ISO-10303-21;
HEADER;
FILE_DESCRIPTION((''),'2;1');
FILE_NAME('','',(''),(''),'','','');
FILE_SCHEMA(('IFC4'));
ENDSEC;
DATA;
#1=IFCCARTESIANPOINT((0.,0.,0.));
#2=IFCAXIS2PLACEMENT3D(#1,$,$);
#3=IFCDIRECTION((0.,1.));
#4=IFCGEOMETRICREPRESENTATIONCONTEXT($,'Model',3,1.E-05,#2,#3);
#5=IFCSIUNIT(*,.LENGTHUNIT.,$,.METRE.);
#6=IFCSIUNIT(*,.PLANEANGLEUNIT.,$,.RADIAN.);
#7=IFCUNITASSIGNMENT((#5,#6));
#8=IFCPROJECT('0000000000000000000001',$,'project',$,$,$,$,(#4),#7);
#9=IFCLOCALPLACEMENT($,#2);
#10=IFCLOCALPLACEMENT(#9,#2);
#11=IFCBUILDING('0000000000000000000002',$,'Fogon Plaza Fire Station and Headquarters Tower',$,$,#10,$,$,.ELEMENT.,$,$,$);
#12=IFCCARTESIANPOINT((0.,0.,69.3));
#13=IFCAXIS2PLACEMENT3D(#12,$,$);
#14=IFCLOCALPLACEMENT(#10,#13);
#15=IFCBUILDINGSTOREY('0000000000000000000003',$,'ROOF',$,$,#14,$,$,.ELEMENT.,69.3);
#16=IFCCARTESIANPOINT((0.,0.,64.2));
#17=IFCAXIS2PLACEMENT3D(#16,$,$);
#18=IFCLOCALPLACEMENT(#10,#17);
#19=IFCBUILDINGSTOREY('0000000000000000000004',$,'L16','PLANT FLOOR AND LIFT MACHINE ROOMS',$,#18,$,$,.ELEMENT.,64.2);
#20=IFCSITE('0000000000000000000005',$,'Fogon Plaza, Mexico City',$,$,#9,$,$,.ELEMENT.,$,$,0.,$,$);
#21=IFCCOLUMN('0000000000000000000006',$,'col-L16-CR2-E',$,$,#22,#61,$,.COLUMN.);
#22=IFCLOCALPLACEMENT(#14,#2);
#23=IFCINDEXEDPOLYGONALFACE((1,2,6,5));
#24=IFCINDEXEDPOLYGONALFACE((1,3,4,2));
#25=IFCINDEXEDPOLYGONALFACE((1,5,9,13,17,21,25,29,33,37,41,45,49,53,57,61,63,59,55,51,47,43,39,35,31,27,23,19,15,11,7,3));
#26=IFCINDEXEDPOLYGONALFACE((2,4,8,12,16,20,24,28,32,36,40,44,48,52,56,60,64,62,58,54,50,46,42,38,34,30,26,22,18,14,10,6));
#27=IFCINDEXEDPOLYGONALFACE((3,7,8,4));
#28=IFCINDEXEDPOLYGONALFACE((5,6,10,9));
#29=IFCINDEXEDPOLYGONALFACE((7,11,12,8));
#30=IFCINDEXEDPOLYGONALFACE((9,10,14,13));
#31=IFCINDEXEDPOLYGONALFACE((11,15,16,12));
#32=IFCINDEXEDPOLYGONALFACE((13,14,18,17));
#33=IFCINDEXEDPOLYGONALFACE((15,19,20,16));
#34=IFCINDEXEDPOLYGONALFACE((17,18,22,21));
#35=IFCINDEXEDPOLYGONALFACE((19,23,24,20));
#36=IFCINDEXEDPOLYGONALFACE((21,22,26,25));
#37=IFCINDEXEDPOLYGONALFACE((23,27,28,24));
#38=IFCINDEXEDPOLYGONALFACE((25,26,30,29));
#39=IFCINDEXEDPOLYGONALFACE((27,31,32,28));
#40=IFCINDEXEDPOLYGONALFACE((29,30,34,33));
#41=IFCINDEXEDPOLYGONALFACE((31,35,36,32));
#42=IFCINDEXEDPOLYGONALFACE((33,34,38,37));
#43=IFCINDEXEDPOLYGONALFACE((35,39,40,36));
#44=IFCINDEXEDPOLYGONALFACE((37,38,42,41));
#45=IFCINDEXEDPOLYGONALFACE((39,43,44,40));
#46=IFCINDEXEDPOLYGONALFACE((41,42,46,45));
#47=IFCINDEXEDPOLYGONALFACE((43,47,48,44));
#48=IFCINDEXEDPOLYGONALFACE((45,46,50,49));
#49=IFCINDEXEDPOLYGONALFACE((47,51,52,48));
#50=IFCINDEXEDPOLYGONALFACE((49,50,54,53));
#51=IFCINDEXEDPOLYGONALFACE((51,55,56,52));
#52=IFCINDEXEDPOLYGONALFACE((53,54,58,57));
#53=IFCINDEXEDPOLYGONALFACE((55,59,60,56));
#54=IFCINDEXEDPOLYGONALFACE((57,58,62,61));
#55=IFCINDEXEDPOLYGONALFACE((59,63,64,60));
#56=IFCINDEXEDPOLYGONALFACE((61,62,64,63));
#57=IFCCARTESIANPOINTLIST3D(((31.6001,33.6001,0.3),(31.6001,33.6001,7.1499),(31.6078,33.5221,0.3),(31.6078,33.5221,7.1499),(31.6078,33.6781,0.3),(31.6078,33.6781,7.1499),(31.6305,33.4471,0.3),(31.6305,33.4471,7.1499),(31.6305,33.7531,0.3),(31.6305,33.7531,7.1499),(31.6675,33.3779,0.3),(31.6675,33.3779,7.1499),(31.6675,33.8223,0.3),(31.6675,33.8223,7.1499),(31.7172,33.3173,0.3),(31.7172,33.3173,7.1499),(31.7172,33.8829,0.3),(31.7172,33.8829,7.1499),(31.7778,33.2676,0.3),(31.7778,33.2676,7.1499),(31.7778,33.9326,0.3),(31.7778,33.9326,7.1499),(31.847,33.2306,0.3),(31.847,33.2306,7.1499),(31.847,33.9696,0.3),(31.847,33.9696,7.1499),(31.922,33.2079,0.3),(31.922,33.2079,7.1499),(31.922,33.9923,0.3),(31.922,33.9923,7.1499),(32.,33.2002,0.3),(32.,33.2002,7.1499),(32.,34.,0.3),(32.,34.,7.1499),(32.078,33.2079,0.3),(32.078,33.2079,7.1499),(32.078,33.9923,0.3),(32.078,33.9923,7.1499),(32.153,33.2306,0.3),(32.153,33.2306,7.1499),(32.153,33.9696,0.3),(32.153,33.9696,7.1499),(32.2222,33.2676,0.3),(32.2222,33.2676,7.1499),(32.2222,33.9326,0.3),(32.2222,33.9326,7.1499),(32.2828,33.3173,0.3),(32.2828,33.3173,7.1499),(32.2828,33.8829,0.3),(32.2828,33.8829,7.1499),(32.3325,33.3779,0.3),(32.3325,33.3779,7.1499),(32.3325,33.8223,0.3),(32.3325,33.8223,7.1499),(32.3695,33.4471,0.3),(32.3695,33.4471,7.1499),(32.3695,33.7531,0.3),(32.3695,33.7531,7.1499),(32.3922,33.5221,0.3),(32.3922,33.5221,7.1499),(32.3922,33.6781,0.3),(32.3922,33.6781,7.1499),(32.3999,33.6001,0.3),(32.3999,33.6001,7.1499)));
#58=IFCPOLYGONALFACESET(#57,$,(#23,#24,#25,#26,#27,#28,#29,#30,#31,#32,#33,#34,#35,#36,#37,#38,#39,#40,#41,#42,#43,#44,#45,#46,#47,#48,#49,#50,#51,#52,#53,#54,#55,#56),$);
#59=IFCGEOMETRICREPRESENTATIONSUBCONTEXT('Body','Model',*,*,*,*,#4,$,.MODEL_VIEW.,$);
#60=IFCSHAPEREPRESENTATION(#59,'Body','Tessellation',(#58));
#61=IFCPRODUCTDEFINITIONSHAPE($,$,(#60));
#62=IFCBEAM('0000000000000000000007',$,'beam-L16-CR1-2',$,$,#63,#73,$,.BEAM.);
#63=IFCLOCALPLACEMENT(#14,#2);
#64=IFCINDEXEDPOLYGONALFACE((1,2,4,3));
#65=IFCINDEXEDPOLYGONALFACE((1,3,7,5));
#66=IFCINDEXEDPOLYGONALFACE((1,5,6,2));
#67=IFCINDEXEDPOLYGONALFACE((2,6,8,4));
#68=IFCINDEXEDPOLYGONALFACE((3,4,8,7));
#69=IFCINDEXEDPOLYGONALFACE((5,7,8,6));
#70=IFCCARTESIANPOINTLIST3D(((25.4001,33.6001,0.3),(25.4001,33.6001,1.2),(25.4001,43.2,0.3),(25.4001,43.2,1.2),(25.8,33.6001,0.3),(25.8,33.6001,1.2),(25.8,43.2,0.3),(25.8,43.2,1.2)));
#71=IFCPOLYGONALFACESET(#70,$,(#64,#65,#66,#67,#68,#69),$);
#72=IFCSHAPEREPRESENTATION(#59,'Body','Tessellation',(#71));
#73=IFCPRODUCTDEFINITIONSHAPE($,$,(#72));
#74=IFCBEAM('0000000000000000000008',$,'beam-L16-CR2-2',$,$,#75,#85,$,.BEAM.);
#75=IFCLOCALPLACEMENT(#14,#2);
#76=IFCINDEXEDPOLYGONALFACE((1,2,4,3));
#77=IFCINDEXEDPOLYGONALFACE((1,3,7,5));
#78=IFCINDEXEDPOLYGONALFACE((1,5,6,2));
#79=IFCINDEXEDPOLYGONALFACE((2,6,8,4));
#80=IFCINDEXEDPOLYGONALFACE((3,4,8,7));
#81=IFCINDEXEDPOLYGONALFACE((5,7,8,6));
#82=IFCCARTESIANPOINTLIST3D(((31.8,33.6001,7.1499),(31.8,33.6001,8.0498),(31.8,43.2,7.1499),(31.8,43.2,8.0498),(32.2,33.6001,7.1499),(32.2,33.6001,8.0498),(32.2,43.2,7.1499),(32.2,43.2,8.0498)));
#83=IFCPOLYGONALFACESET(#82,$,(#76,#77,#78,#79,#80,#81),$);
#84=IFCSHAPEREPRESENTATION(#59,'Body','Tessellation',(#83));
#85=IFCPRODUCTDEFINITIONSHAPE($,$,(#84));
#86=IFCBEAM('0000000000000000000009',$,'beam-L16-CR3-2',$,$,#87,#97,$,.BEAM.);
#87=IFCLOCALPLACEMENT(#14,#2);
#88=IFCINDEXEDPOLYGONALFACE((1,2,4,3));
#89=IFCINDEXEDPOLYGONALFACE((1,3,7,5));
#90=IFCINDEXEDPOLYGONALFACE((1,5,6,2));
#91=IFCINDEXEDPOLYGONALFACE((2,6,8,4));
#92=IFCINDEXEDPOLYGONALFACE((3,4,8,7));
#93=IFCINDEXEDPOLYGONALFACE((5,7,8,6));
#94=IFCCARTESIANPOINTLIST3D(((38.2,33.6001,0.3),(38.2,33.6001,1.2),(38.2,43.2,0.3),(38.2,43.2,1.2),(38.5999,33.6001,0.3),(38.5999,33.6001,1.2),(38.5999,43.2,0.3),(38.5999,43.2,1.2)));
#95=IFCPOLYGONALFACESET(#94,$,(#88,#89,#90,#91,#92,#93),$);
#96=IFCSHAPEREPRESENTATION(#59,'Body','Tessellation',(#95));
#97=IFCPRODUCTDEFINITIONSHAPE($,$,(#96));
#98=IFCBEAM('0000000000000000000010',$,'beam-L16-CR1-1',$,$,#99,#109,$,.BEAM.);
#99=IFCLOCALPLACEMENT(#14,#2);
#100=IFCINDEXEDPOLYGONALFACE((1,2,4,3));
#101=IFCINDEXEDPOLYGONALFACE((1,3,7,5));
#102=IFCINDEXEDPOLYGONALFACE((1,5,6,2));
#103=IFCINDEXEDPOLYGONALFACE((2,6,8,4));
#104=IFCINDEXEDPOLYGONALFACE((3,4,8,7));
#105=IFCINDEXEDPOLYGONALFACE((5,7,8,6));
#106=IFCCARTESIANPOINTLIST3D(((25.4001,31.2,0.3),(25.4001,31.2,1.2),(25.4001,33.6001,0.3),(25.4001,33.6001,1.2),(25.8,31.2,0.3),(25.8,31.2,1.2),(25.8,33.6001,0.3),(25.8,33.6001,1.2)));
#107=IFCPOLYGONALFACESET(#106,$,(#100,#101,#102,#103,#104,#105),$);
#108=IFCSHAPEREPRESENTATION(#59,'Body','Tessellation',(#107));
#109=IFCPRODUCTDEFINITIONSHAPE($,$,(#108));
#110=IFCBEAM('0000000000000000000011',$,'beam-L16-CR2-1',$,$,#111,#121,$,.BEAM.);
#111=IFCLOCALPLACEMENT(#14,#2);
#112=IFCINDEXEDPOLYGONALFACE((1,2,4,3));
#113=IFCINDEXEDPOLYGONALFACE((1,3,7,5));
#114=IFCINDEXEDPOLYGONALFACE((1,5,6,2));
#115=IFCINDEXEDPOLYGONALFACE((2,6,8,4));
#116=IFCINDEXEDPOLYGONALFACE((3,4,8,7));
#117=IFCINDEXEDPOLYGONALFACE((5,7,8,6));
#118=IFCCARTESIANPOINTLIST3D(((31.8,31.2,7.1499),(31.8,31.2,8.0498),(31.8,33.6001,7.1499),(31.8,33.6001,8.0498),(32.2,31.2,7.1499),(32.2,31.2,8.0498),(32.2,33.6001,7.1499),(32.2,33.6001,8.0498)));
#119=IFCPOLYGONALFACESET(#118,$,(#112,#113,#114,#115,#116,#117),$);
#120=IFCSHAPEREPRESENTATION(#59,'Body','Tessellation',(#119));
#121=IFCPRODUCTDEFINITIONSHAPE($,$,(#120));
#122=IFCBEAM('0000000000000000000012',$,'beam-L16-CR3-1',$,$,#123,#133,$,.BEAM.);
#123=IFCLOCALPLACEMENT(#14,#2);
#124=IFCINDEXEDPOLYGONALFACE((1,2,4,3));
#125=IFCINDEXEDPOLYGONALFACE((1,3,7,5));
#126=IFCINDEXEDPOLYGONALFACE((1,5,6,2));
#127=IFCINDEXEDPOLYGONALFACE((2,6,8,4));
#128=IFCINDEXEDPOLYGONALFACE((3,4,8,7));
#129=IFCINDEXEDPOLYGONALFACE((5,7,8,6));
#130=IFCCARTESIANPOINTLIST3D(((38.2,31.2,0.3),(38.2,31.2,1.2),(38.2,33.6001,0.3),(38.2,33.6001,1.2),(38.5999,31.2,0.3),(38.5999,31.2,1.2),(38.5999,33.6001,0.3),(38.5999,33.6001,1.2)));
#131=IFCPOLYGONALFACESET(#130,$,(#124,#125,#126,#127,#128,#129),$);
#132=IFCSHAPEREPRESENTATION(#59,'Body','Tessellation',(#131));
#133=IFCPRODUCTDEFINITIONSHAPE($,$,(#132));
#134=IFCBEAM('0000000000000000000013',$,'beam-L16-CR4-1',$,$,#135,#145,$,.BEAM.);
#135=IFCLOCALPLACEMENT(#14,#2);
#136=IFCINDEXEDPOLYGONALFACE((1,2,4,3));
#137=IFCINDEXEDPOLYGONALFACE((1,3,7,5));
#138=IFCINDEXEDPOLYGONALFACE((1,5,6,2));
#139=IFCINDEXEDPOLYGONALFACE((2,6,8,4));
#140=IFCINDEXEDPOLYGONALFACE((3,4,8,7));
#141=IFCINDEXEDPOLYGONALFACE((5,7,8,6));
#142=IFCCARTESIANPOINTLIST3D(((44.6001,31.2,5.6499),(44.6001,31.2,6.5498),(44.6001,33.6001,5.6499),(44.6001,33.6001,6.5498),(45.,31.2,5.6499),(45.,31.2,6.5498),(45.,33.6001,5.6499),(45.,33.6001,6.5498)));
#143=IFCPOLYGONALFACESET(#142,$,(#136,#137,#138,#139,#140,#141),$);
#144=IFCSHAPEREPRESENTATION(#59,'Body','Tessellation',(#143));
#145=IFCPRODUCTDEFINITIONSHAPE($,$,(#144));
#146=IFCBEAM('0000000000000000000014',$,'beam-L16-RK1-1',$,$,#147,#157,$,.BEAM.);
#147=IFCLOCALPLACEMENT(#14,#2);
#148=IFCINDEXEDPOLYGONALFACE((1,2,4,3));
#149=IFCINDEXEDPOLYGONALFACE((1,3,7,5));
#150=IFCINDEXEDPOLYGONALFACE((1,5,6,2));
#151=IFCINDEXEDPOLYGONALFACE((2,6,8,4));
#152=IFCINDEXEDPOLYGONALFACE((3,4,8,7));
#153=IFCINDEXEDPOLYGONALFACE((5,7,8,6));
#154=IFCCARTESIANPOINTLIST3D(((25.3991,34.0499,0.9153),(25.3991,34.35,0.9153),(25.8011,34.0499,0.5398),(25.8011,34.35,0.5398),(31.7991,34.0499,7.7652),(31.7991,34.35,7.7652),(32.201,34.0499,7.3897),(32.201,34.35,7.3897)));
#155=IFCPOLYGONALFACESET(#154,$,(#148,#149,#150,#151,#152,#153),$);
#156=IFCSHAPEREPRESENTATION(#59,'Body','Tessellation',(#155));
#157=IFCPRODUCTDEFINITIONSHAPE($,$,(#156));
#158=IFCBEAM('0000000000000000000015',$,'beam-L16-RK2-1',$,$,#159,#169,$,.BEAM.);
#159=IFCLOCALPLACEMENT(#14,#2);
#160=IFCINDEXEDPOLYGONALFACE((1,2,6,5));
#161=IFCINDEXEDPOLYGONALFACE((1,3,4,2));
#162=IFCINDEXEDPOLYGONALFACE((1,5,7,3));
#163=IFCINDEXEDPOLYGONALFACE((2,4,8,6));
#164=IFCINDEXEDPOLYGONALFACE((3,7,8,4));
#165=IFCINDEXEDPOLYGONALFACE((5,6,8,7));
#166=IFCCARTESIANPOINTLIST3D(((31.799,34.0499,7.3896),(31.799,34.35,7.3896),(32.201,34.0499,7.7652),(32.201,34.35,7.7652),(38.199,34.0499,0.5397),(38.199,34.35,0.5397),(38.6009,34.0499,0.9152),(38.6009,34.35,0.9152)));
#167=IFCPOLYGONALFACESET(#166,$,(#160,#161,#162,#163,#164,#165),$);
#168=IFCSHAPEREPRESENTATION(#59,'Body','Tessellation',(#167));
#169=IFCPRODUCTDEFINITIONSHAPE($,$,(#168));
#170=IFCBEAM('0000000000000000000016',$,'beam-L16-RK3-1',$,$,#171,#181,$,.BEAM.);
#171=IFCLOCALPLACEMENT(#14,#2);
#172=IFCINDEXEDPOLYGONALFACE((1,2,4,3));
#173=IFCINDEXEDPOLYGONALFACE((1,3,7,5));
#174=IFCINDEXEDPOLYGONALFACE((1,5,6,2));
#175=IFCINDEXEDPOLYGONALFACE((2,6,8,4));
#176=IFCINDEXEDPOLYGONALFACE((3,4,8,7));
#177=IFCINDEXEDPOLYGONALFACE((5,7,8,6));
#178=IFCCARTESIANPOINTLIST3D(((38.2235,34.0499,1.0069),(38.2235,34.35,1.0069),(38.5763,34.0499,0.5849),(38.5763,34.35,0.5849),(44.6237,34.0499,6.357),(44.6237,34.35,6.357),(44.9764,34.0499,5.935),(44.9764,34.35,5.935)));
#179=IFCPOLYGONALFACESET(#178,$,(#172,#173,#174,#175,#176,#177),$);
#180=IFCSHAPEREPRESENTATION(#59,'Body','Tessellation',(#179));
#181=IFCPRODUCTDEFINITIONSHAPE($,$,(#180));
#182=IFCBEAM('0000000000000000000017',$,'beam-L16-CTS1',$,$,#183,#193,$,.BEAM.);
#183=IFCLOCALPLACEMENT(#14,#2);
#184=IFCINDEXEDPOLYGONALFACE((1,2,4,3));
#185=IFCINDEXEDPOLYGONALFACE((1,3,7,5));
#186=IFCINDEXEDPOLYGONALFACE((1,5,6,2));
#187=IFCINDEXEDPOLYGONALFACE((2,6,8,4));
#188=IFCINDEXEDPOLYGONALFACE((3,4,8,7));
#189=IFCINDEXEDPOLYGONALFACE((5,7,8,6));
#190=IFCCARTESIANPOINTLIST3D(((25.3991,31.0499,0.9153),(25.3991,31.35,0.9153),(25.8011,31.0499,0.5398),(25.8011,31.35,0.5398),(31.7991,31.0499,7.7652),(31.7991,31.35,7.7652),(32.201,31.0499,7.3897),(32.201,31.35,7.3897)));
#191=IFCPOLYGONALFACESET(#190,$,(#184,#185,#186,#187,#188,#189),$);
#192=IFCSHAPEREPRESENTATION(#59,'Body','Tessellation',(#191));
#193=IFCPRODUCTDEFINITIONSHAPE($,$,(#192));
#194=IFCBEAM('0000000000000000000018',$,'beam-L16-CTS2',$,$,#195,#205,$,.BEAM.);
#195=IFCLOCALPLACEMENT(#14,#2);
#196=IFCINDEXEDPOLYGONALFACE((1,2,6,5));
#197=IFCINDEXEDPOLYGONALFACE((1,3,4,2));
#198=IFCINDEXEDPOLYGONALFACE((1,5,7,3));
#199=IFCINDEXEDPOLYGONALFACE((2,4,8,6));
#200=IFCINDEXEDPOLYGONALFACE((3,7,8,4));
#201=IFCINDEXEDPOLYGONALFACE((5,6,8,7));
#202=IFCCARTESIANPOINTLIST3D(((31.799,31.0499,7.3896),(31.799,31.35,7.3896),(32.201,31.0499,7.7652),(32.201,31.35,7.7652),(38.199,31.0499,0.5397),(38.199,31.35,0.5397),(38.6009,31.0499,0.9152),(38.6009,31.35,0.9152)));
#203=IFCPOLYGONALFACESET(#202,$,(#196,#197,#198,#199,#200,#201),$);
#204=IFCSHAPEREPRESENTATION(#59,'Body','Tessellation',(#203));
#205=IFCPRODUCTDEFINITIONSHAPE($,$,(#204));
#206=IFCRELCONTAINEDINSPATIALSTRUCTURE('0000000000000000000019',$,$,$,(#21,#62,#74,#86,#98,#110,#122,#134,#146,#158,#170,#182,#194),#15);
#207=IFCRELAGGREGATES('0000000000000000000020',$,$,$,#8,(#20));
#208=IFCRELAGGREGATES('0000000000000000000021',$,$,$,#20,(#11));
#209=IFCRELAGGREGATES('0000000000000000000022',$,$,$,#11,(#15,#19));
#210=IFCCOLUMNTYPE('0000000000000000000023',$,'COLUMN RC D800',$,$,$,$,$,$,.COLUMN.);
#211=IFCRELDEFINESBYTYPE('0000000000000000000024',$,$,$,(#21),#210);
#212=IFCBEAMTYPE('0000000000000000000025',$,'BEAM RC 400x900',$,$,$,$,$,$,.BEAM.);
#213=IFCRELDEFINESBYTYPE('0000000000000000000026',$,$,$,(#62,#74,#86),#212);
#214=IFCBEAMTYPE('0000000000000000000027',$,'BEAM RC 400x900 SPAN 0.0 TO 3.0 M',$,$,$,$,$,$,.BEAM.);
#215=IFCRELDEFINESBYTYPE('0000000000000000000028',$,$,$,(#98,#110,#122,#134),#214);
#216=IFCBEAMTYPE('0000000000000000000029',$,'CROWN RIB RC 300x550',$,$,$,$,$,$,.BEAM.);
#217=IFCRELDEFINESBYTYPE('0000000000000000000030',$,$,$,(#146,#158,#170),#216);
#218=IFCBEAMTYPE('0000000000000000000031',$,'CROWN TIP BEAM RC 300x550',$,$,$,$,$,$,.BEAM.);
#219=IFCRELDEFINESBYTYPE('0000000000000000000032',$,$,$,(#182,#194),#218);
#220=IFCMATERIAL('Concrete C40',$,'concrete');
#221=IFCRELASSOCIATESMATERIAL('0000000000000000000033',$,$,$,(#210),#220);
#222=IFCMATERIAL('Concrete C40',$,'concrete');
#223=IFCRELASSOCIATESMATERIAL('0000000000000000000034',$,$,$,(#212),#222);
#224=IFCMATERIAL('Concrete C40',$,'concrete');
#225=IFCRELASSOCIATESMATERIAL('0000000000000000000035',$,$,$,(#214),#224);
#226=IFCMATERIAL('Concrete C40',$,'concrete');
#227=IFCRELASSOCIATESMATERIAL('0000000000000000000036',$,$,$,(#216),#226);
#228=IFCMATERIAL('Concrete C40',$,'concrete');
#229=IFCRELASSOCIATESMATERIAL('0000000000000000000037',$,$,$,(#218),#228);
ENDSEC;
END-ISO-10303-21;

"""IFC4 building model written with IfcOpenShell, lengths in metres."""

from ifc_helpers import new_model, si_unit, direction, frame, origin, origin_2d, place, context, subcontext, project, spatial, rectangle, circle, extrude, material, material_profile, profile_set, type_object, element, save


model = new_model("IFC4")

# Units and contexts
model_context = context("Model", 3, precision=1e-05, world=origin(), true_north=direction((0.0, 1.0)))
body_context = subcontext(model_context, "Body", "Model", "MODEL_VIEW")
ifc_project = project(units=[si_unit("LENGTHUNIT", "METRE"), si_unit("PLANEANGLEUNIT", "RADIAN")], contexts=[model_context])

# Site, building, storey
site_placement = place(None, origin())
site = spatial("IfcSite", under=ifc_project, at=site_placement, Name="Fogon Plaza, Mexico City", CompositionType="ELEMENT", RefElevation=0.0)
building_placement = place(site_placement, origin())
building = spatial("IfcBuilding", under=site, at=building_placement, Name="Fogon Plaza Fire Station and Headquarters Tower", CompositionType="ELEMENT")
storey_1_placement = place(building_placement, frame((0.0, 0.0, 69.3)))
storey_1 = spatial("IfcBuildingStorey", under=building, at=storey_1_placement, Name="ROOF", CompositionType="ELEMENT", Elevation=69.3)

# Column
ifc_material_1 = material(Name="Concrete C40", Category="concrete")
ifc_material_profile_1 = material_profile(ifc_material_1, circle(Radius=0.3999, at=origin_2d()), Name="RC D800")
ifc_profile_set_1 = profile_set([ifc_material_profile_1], Name="Concrete C40")
column_type = type_object("IfcColumnType", Name="COLUMN RC D800", PredefinedType="COLUMN", material=ifc_profile_set_1)
column_placement = place(storey_1_placement, frame((32.0, 33.6001, 0.3), z_axis=(0.0, 0.0, 1.0), x_axis=(1.0, 0.0, 0.0)))
element("IfcColumn", 1, at=column_placement, inside=storey_1, type_object=column_type, Name="col-L16-CR2-E", PredefinedType="COLUMN", context=body_context, shape_type="SweptSolid", body=[
    extrude(circle(Radius=0.3999, at=origin_2d()), origin(), (0.0, 0.0, 1.0), 6.8499),
])

# Beams
ifc_material_2 = material(Name="Concrete C40", Category="concrete")
ifc_material_profile_2 = material_profile(ifc_material_2, rectangle(XDim=0.3999, YDim=0.8999, at=origin_2d()), Name="RC 400x900")
ifc_profile_set_2 = profile_set([ifc_material_profile_2], Name="Concrete C40")
beam_type_1 = type_object("IfcBeamType", Name="BEAM RC 400x900", PredefinedType="BEAM", material=ifc_profile_set_2)
for number, where, z_axis, x_axis, name in (
    (2, (25.6001, 33.6001, 0.75), (0.0, 1.0, 0.0), (-1.0, 0.0, 0.0), "beam-L16-CR1-2"),
    (3, (32.0, 33.6001, 7.5999), (0.0, 1.0, 0.0), (-1.0, 0.0, 0.0), "beam-L16-CR2-2"),
    (4, (38.3999, 33.6001, 0.75), (0.0, 1.0, 0.0), (-1.0, 0.0, 0.0), "beam-L16-CR3-2"),
):
    element("IfcBeam", number, at=place(storey_1_placement, frame(where, z_axis=z_axis, x_axis=x_axis)), inside=storey_1, type_object=beam_type_1, Name=name, PredefinedType="BEAM", context=body_context, shape_type="SweptSolid", body=[
        extrude(rectangle(XDim=0.3999, YDim=0.8999, at=origin_2d()), origin(), (0.0, 0.0, 1.0), 9.5999),
    ])
ifc_material_3 = material(Name="Concrete C40", Category="concrete")
ifc_material_profile_3 = material_profile(ifc_material_3, rectangle(XDim=0.3999, YDim=0.8999, at=origin_2d()), Name="RC 400x900")
ifc_profile_set_3 = profile_set([ifc_material_profile_3], Name="Concrete C40")
beam_type_2 = type_object("IfcBeamType", Name="BEAM RC 400x900 SPAN 0.0 TO 3.0 M", PredefinedType="BEAM", material=ifc_profile_set_3)
for number, where, z_axis, x_axis, name in (
    (5, (25.6001, 31.2, 0.75), (0.0, 1.0, 0.0), (-1.0, 0.0, 0.0), "beam-L16-CR1-1"),
    (6, (32.0, 31.2, 7.5999), (0.0, 1.0, 0.0), (-1.0, 0.0, 0.0), "beam-L16-CR2-1"),
    (7, (38.3999, 31.2, 0.75), (0.0, 1.0, 0.0), (-1.0, 0.0, 0.0), "beam-L16-CR3-1"),
    (8, (44.8, 31.2, 6.0999), (0.0, 1.0, 0.0), (-1.0, 0.0, 0.0), "beam-L16-CR4-1"),
):
    element("IfcBeam", number, at=place(storey_1_placement, frame(where, z_axis=z_axis, x_axis=x_axis)), inside=storey_1, type_object=beam_type_2, Name=name, PredefinedType="BEAM", context=body_context, shape_type="SweptSolid", body=[
        extrude(rectangle(XDim=0.3999, YDim=0.8999, at=origin_2d()), origin(), (0.0, 0.0, 1.0), 2.4001),
    ])
ifc_material_4 = material(Name="Concrete C40", Category="concrete")
ifc_material_profile_4 = material_profile(ifc_material_4, rectangle(XDim=0.3, YDim=0.55, at=origin_2d()), Name="RC 300x550")
ifc_profile_set_4 = profile_set([ifc_material_profile_4], Name="Concrete C40")
beam_type_3 = type_object("IfcBeamType", Name="CROWN RIB RC 300x550", PredefinedType="BEAM", material=ifc_profile_set_4)
for number, where, z_axis, x_axis, name in (
    (9, (25.6001, 34.2, 0.7275), (0.6827, 0.0, 0.730698), (0.0, 1.0, 0.0), "beam-L16-RK1-1"),
    (10, (32.0, 34.2, 7.5774), (0.6827, 0.0, -0.730698), (0.0, 1.0, 0.0), "beam-L16-RK2-1"),
):
    element("IfcBeam", number, at=place(storey_1_placement, frame(where, z_axis=z_axis, x_axis=x_axis)), inside=storey_1, type_object=beam_type_3, Name=name, PredefinedType="BEAM", context=body_context, shape_type="SweptSolid", body=[
        extrude(rectangle(XDim=0.3, YDim=0.55, at=origin_2d()), origin(), (0.0, 0.0, 1.0), 9.3745),
    ])
beam_1_placement = place(storey_1_placement, frame((38.3999, 34.2, 0.7959), z_axis=(0.767239, 0.0, 0.641361), x_axis=(0.0, 1.0, 0.0)))
element("IfcBeam", 11, at=beam_1_placement, inside=storey_1, type_object=beam_type_3, Name="beam-L16-RK3-1", PredefinedType="BEAM", context=body_context, shape_type="SweptSolid", body=[
    extrude(rectangle(XDim=0.3, YDim=0.55, at=origin_2d()), origin(), (0.0, 0.0, 1.0), 8.3418),
])
ifc_material_5 = material(Name="Concrete C40", Category="concrete")
ifc_material_profile_5 = material_profile(ifc_material_5, rectangle(XDim=0.3, YDim=0.55, at=origin_2d()), Name="RC 300x550")
ifc_profile_set_5 = profile_set([ifc_material_profile_5], Name="Concrete C40")
beam_type_4 = type_object("IfcBeamType", Name="CROWN TIP BEAM RC 300x550", PredefinedType="BEAM", material=ifc_profile_set_5)
for number, where, z_axis, x_axis, name in (
    (12, (25.6001, 31.2, 0.7275), (0.6827, 0.0, 0.730698), (0.0, 1.0, 0.0), "beam-L16-CTS1"),
    (13, (32.0, 31.2, 7.5774), (0.6827, 0.0, -0.730698), (0.0, 1.0, 0.0), "beam-L16-CTS2"),
):
    element("IfcBeam", number, at=place(storey_1_placement, frame(where, z_axis=z_axis, x_axis=x_axis)), inside=storey_1, type_object=beam_type_4, Name=name, PredefinedType="BEAM", context=body_context, shape_type="SweptSolid", body=[
        extrude(rectangle(XDim=0.3, YDim=0.55, at=origin_2d()), origin(), (0.0, 0.0, 1.0), 9.3745),
    ])

# Shared definitions
storey_2_placement = place(building_placement, frame((0.0, 0.0, 64.2)))
storey_2 = spatial("IfcBuildingStorey", under=building, at=storey_2_placement, Name="L16", Description="PLANT FLOOR AND LIFT MACHINE ROOMS", CompositionType="ELEMENT", Elevation=64.2)

save(model, "model.ifc")
